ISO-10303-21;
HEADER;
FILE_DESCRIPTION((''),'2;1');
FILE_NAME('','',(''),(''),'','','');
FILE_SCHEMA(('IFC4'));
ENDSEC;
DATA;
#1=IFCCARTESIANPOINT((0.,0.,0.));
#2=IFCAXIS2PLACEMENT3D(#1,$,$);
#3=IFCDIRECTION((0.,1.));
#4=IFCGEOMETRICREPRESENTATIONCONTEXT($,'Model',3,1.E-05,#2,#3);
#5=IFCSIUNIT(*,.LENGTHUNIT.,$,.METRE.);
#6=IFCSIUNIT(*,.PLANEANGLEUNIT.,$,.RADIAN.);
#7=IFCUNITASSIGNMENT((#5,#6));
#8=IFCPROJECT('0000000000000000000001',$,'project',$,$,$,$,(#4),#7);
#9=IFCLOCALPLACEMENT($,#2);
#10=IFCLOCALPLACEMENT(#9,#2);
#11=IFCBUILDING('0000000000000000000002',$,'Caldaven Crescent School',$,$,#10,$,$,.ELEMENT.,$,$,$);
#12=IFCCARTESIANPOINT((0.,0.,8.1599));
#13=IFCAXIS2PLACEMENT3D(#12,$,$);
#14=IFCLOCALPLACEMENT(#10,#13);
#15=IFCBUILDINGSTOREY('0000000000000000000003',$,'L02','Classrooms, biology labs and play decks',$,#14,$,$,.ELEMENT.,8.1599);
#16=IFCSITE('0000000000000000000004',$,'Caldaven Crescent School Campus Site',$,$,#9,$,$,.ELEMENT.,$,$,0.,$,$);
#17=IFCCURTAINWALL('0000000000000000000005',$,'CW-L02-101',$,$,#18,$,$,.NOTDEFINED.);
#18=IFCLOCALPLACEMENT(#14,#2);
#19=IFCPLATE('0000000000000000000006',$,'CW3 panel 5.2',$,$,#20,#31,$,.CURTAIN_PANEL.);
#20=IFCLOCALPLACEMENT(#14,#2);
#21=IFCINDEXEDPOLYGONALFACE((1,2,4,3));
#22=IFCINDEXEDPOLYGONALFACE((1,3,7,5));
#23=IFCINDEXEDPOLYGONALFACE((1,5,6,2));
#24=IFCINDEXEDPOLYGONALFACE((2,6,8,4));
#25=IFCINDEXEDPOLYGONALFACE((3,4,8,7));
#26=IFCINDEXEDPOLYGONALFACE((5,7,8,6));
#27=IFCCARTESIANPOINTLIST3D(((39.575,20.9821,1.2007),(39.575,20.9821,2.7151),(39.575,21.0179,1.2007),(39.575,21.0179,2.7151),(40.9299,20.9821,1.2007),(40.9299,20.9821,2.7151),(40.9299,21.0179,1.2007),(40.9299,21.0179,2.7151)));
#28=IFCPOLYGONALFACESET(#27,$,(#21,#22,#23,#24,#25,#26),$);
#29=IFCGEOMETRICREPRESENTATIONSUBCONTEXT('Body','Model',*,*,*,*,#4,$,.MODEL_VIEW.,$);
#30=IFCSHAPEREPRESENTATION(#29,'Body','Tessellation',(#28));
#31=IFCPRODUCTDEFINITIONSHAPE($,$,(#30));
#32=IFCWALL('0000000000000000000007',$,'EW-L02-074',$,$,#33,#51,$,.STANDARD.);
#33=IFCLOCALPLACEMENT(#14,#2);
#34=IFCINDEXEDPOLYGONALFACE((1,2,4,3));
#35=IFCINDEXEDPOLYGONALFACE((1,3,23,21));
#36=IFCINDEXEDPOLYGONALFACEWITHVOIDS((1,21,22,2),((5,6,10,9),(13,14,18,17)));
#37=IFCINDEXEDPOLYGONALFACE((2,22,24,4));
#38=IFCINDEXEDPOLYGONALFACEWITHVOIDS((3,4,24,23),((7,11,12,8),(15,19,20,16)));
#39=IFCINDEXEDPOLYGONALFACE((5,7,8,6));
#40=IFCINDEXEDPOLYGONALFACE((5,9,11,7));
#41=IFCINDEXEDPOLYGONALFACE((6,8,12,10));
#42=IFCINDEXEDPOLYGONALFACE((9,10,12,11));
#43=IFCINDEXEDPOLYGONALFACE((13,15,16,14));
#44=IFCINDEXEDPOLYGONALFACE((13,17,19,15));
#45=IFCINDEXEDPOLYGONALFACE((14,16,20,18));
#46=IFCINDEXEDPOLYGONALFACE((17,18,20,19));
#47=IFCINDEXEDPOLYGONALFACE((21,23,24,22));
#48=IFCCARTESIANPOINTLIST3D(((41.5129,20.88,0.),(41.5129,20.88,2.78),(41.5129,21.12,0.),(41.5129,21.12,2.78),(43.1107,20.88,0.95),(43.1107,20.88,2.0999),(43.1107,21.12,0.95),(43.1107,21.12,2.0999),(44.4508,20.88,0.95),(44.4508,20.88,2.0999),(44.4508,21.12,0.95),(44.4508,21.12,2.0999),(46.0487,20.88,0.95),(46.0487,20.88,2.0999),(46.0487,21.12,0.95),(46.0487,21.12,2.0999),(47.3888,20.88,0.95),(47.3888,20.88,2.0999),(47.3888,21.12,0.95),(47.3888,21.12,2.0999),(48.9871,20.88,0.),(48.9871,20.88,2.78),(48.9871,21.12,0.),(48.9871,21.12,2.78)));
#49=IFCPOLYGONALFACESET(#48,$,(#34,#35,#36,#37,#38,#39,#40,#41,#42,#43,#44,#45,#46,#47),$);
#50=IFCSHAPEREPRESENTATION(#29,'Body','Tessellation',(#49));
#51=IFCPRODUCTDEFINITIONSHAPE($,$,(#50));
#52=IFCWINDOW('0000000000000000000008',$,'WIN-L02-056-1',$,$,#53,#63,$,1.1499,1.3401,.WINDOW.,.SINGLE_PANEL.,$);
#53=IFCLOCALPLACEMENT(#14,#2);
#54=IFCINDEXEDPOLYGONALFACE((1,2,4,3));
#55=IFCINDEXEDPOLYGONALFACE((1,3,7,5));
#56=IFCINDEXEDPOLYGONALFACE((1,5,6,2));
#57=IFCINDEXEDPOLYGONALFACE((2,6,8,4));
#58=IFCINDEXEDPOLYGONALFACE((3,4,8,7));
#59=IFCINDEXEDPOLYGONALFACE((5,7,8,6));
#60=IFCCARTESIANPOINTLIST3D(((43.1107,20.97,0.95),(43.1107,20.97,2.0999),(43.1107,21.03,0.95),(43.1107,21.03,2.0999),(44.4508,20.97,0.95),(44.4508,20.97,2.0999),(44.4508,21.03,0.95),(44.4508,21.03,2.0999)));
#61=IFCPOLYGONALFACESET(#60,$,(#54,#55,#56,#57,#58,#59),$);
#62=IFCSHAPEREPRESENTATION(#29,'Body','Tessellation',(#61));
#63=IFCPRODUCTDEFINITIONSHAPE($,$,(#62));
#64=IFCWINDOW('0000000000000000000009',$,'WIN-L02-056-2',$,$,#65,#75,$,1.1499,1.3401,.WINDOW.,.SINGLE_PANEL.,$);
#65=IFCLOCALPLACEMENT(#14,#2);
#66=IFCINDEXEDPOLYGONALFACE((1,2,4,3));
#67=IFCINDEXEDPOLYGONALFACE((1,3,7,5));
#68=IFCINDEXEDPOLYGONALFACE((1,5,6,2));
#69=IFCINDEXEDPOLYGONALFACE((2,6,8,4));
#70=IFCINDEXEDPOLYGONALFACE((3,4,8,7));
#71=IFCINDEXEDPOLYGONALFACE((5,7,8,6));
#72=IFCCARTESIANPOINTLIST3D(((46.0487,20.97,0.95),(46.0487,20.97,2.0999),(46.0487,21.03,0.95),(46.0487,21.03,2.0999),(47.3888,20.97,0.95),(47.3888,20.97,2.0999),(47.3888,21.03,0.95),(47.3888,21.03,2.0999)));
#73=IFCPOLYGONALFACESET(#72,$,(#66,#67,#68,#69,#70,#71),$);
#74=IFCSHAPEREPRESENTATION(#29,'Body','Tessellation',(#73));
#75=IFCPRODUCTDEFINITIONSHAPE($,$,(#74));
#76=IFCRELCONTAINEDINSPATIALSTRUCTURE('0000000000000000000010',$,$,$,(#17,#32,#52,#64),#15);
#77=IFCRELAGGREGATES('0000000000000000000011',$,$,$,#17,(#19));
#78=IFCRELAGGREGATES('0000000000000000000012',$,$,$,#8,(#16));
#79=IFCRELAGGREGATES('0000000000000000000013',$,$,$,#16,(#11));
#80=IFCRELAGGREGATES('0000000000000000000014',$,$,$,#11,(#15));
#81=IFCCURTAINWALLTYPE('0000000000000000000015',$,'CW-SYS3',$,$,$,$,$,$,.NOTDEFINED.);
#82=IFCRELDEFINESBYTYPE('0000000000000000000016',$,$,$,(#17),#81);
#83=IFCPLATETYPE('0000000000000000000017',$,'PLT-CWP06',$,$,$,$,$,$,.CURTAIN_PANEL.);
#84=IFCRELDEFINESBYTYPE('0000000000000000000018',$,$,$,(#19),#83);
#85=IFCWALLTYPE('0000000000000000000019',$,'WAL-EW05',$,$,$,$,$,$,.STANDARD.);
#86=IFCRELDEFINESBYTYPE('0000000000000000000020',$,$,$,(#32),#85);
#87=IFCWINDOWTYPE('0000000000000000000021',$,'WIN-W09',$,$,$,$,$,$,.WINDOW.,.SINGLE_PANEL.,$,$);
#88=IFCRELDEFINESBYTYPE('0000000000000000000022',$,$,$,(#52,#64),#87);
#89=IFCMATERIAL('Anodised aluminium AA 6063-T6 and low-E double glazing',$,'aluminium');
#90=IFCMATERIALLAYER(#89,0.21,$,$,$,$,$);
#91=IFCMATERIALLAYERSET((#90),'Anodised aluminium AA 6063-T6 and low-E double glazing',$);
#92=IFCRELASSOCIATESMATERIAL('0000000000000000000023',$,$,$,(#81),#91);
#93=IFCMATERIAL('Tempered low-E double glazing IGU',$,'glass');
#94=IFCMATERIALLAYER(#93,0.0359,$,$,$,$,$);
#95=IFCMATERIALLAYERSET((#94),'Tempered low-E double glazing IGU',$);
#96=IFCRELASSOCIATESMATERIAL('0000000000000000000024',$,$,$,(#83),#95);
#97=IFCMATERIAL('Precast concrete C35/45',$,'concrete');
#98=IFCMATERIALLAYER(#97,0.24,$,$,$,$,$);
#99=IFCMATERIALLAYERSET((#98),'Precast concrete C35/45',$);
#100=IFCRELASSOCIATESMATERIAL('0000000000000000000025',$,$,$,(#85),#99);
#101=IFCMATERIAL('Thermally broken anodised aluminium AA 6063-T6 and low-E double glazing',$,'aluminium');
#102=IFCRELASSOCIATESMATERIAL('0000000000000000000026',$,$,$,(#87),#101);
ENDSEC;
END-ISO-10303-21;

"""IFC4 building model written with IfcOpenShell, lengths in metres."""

from ifc_helpers import new_model, si_unit, direction, frame, frame_2d, origin, origin_2d, place, context, subcontext, project, spatial, rectangle, extrude, material, layer, layer_set, type_object, element, fill, aggregate, save


model = new_model("IFC4")

# Units and contexts
model_context = context("Model", 3, precision=1e-05, world=origin(), true_north=direction((0.0, 1.0)))
body_context = subcontext(model_context, "Body", "Model", "MODEL_VIEW")
ifc_project = project(units=[si_unit("LENGTHUNIT", "METRE"), si_unit("PLANEANGLEUNIT", "RADIAN")], contexts=[model_context])

# Site, building, storey
site_placement = place(None, origin())
site = spatial("IfcSite", under=ifc_project, at=site_placement, Name="Caldaven Crescent School Campus Site", CompositionType="ELEMENT", RefElevation=0.0)
building_placement = place(site_placement, origin())
building = spatial("IfcBuilding", under=site, at=building_placement, Name="Caldaven Crescent School", CompositionType="ELEMENT")
storey_placement = place(building_placement, frame((0.0, 0.0, 8.1599)))
storey = spatial("IfcBuildingStorey", under=building, at=storey_placement, Name="L02", Description="Classrooms, biology labs and play decks", CompositionType="ELEMENT", Elevation=8.1599)

# Curtain wall, plate
ifc_material_1 = material(Name="Anodised aluminium AA 6063-T6 and low-E double glazing", Category="aluminium")
ifc_layer_1 = layer(ifc_material_1, 0.21)
ifc_layer_set_1 = layer_set([ifc_layer_1], Name="Anodised aluminium AA 6063-T6 and low-E double glazing")
curtain_wall_type = type_object("IfcCurtainWallType", Name="CW-SYS3", PredefinedType="NOTDEFINED", material=ifc_layer_set_1)
curtain_wall_placement = place(storey_placement, origin())
curtain_wall = element("IfcCurtainWall", 1, at=curtain_wall_placement, inside=storey, type_object=curtain_wall_type, Name="CW-L02-101", PredefinedType="NOTDEFINED")
ifc_material_2 = material(Name="Tempered low-E double glazing IGU", Category="glass")
ifc_layer_2 = layer(ifc_material_2, 0.0359)
ifc_layer_set_2 = layer_set([ifc_layer_2], Name="Tempered low-E double glazing IGU")
plate_type = type_object("IfcPlateType", Name="PLT-CWP06", PredefinedType="CURTAIN_PANEL", material=ifc_layer_set_2)
plate_1_placement = place(storey_placement, frame((40.2524, 21.0, 1.2007), z_axis=(0.0, 0.0, 1.0), x_axis=(1.0, 0.0, 0.0)))
plate_1 = element("IfcPlate", 2, at=plate_1_placement, type_object=plate_type, Name="CW3 panel 5.2", PredefinedType="CURTAIN_PANEL", context=body_context, shape_type="SweptSolid", body=[
    extrude(rectangle(XDim=1.355, YDim=0.0359, at=origin_2d()), origin(), (0.0, 0.0, 1.0), 1.5144),
])
aggregate(curtain_wall, [plate_1])

# Wall, openings, windows
ifc_material_3 = material(Name="Precast concrete C35/45", Category="concrete")
ifc_layer_3 = layer(ifc_material_3, 0.24)
ifc_layer_set_3 = layer_set([ifc_layer_3], Name="Precast concrete C35/45")
wall_type = type_object("IfcWallType", Name="WAL-EW05", PredefinedType="STANDARD", material=ifc_layer_set_3)
wall_placement = place(storey_placement, frame((41.5129, 21.0, 0.0), z_axis=(0.0, 0.0, 1.0), x_axis=(1.0, 0.0, 0.0)))
wall = element("IfcWall", 3, at=wall_placement, inside=storey, type_object=wall_type, Name="EW-L02-074", PredefinedType="STANDARD", context=body_context, shape_type="SweptSolid", body=[
    extrude(rectangle(XDim=7.4741, YDim=0.24, at=frame_2d((3.7371, 0.0))), origin(), (0.0, 0.0, 1.0), 2.78),
])
opening_1_placement = place(wall_placement, frame((1.5979, 0.0, 0.95)))
opening_1 = element("IfcOpeningElement", 4, at=opening_1_placement, cuts=wall, PredefinedType="OPENING", context=body_context, shape_type="SweptSolid", body=[
    extrude(rectangle(XDim=1.3401, YDim=1.1499, at=frame_2d((0.6699, 0.575))), frame((0.0, 0.1299, 0.0), z_axis=(0.0, -1.0, 0.0), x_axis=(1.0, 0.0, 0.0)), (0.0, 0.0, 1.0), 0.26),
])
opening_2_placement = place(wall_placement, frame((4.5359, 0.0, 0.95)))
opening_2 = element("IfcOpeningElement", 5, at=opening_2_placement, cuts=wall, PredefinedType="OPENING", context=body_context, shape_type="SweptSolid", body=[
    extrude(rectangle(XDim=1.3401, YDim=1.1499, at=frame_2d((0.6699, 0.575))), frame((0.0, 0.1299, 0.0), z_axis=(0.0, -1.0, 0.0), x_axis=(1.0, 0.0, 0.0)), (0.0, 0.0, 1.0), 0.26),
])
ifc_material_4 = material(Name="Thermally broken anodised aluminium AA 6063-T6 and low-E double glazing", Category="aluminium")
window_type = type_object("IfcWindowType", Name="WIN-W09", PartitioningType="SINGLE_PANEL", PredefinedType="WINDOW", material=ifc_material_4)
window_1_placement = place(opening_1_placement, origin())
window_1 = element("IfcWindow", 6, at=window_1_placement, inside=storey, type_object=window_type, Name="WIN-L02-056-1", OverallHeight=1.1499, OverallWidth=1.3401, PartitioningType="SINGLE_PANEL", PredefinedType="WINDOW", context=body_context, shape_type="SweptSolid", body=[
    extrude(rectangle(XDim=1.3401, YDim=1.1499, at=frame_2d((0.6699, 0.575))), frame((0.0, 0.03, 0.0), z_axis=(0.0, -1.0, 0.0), x_axis=(1.0, 0.0, 0.0)), (0.0, 0.0, 1.0), 0.0601),
])
fill(opening_1, window_1)
window_2_placement = place(opening_2_placement, origin())
window_2 = element("IfcWindow", 7, at=window_2_placement, inside=storey, type_object=window_type, Name="WIN-L02-056-2", OverallHeight=1.1499, OverallWidth=1.3401, PartitioningType="SINGLE_PANEL", PredefinedType="WINDOW", context=body_context, shape_type="SweptSolid", body=[
    extrude(rectangle(XDim=1.3401, YDim=1.1499, at=frame_2d((0.6699, 0.575))), frame((0.0, 0.03, 0.0), z_axis=(0.0, -1.0, 0.0), x_axis=(1.0, 0.0, 0.0)), (0.0, 0.0, 1.0), 0.0601),
])
fill(opening_2, window_2)

save(model, "model.ifc")
